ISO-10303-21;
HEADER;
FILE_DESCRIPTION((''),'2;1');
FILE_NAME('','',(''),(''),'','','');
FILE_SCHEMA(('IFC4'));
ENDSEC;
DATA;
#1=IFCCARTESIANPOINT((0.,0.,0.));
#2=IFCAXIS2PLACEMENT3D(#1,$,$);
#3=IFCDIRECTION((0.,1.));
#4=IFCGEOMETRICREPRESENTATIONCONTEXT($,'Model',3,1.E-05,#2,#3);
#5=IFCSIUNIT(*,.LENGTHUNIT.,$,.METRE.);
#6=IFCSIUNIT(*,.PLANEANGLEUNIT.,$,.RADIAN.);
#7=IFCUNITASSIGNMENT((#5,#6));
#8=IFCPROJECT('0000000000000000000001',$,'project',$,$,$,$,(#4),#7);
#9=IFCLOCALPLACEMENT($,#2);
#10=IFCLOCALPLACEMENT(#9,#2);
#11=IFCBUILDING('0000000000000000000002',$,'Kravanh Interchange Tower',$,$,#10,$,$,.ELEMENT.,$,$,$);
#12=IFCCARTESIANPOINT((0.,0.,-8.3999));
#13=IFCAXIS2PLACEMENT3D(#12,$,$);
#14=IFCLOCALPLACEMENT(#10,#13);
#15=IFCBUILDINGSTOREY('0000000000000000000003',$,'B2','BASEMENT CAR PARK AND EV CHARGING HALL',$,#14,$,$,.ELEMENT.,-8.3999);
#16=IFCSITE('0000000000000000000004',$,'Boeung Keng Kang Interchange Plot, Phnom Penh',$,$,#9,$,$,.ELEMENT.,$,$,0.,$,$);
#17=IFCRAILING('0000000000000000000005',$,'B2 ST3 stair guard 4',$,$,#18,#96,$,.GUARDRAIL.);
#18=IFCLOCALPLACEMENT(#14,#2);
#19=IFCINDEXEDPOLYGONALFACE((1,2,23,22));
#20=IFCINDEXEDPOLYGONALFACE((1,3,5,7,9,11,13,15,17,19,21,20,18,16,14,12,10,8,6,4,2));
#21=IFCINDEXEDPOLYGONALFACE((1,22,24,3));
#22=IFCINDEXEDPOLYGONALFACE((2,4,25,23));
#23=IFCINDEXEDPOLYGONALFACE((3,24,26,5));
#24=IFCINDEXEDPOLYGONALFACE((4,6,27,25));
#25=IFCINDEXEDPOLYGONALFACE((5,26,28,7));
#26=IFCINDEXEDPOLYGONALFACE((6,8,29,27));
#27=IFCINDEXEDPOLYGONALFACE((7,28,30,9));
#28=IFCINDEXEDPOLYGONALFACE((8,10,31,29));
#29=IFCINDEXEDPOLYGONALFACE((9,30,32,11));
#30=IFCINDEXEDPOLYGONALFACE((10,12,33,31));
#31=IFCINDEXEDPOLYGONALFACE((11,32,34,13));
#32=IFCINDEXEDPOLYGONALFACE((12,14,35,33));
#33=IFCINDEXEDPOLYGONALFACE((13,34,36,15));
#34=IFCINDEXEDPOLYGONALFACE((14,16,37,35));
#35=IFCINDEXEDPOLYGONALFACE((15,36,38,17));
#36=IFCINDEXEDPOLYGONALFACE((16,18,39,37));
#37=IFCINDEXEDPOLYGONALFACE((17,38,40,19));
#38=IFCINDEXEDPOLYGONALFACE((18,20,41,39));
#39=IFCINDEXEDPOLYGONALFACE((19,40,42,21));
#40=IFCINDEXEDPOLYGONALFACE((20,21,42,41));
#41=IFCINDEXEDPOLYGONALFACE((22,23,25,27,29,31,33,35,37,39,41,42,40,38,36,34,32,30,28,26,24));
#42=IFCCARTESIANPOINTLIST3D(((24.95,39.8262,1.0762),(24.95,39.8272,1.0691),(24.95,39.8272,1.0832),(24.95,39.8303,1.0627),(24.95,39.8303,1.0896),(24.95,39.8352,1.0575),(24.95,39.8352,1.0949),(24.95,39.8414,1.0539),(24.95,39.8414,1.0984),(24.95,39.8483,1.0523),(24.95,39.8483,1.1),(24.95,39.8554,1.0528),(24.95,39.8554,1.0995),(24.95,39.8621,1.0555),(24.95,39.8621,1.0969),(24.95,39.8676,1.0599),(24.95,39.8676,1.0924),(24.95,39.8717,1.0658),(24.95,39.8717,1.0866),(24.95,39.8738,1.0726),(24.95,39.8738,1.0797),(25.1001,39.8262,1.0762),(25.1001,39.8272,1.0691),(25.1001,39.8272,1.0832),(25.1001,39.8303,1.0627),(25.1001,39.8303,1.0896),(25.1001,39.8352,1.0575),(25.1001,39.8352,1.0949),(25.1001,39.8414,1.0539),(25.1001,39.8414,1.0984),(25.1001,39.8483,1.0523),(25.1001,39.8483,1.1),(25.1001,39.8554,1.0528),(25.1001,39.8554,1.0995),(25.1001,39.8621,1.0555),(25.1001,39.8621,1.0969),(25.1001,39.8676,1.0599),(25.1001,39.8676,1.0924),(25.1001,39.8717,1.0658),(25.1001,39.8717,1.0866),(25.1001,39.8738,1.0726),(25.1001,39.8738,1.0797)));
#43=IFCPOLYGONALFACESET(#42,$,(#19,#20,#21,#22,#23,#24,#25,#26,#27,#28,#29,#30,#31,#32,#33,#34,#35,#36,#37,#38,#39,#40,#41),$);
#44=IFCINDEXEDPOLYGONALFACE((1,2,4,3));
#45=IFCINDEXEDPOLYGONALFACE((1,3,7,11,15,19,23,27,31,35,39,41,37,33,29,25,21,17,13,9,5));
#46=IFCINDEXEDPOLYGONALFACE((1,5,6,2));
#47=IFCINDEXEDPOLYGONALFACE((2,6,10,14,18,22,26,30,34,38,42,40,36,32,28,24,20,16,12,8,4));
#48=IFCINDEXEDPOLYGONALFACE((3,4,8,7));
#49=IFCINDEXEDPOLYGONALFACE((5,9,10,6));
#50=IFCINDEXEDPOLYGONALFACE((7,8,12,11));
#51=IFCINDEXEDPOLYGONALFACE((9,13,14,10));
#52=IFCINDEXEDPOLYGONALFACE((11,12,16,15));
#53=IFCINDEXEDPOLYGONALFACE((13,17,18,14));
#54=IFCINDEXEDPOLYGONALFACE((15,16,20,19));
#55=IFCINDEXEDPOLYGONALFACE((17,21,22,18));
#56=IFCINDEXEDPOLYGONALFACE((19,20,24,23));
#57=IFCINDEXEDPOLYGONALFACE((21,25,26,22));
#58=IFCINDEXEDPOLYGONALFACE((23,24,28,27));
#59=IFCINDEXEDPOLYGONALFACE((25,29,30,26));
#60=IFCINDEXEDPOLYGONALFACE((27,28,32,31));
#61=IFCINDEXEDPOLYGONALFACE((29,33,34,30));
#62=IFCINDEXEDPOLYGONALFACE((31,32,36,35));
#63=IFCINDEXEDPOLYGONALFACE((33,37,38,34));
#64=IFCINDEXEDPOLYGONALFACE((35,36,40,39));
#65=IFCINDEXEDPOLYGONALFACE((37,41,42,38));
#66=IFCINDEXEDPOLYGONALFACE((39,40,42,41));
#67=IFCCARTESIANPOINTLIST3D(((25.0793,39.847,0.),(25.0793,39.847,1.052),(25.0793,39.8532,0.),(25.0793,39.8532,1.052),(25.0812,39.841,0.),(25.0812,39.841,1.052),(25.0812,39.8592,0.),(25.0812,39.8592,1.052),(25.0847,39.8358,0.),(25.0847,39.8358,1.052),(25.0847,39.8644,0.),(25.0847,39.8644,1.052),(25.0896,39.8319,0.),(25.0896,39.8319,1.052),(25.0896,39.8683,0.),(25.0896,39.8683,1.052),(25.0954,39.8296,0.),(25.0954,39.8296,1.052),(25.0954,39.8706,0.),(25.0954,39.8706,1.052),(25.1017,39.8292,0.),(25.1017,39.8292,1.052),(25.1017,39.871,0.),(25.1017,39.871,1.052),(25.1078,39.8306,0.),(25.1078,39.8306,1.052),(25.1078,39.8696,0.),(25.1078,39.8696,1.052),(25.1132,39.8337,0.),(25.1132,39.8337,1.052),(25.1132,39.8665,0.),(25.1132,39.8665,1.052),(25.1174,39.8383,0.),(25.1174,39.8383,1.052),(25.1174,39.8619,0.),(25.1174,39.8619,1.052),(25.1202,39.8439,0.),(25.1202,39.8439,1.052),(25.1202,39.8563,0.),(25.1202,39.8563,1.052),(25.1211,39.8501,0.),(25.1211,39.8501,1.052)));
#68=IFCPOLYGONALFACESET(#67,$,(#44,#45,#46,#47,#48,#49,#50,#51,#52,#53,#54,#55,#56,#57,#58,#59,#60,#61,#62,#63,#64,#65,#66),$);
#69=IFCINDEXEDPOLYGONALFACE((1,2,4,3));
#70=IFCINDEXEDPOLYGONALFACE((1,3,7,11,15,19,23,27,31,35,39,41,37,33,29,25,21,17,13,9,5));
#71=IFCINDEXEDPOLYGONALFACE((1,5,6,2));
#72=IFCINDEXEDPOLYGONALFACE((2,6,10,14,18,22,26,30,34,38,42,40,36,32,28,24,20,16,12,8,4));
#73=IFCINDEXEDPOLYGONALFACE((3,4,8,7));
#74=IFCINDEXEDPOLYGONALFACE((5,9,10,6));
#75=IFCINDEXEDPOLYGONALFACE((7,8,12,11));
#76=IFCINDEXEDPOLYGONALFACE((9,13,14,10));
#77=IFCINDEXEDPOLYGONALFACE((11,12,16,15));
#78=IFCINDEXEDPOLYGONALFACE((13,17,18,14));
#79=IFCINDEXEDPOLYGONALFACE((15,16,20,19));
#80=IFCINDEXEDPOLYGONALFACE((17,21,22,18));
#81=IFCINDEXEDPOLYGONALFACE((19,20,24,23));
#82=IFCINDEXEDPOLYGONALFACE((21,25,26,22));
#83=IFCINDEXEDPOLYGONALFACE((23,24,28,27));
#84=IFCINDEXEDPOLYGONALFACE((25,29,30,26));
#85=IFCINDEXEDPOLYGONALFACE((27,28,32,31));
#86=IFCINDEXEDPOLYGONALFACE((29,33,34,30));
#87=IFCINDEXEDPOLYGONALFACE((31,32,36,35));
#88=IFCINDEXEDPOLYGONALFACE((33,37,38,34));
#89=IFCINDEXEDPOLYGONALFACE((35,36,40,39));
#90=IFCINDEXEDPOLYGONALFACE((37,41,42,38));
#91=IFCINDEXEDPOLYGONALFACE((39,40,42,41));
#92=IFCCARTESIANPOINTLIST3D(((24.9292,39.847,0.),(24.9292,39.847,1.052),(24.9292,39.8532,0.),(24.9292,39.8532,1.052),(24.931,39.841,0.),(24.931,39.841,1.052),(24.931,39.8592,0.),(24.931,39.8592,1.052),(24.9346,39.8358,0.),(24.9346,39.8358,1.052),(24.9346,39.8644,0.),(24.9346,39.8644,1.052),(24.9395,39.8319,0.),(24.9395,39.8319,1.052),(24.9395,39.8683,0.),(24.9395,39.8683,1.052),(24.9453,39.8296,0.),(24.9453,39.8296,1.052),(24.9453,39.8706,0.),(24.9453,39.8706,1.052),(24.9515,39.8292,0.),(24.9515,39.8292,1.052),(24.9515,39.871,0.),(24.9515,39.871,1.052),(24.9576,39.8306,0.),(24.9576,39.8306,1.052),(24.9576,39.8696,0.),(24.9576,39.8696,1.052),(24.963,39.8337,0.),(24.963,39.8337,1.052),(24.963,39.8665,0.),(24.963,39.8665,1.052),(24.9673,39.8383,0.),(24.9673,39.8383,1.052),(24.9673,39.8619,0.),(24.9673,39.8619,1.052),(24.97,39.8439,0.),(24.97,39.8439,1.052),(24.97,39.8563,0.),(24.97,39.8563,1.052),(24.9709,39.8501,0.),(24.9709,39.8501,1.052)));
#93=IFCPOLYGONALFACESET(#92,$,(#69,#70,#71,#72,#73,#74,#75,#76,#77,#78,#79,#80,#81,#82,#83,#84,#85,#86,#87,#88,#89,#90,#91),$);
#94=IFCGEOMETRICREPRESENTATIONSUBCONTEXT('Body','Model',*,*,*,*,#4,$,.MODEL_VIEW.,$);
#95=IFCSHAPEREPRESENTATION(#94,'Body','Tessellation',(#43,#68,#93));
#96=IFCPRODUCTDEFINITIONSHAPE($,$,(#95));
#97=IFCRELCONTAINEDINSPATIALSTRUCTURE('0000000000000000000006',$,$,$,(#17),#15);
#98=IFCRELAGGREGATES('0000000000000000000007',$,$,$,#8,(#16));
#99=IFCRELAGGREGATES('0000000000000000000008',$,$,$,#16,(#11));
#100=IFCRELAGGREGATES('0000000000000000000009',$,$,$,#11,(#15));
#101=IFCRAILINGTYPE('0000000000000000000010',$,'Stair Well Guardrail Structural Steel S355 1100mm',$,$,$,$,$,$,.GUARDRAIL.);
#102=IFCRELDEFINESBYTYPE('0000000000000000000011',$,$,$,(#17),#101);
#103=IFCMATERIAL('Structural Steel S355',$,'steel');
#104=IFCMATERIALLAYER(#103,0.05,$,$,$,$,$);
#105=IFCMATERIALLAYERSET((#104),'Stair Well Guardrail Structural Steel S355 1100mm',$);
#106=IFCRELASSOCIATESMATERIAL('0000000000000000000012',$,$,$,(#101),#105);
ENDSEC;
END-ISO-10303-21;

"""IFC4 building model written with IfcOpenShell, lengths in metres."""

from ifc_helpers import new_model, si_unit, direction, frame, origin, origin_2d, place, context, subcontext, project, spatial, circle, extrude, material, layer, layer_set, type_object, element, save


model = new_model("IFC4")

# Units and contexts
model_context = context("Model", 3, precision=1e-05, world=origin(), true_north=direction((0.0, 1.0)))
body_context = subcontext(model_context, "Body", "Model", "MODEL_VIEW")
ifc_project = project(units=[si_unit("LENGTHUNIT", "METRE"), si_unit("PLANEANGLEUNIT", "RADIAN")], contexts=[model_context])

# Site, building, storey
site_placement = place(None, origin())
site = spatial("IfcSite", under=ifc_project, at=site_placement, Name="Boeung Keng Kang Interchange Plot, Phnom Penh", CompositionType="ELEMENT", RefElevation=0.0)
building_placement = place(site_placement, origin())
building = spatial("IfcBuilding", under=site, at=building_placement, Name="Kravanh Interchange Tower", CompositionType="ELEMENT")
storey_placement = place(building_placement, frame((0.0, 0.0, -8.3999)))
storey = spatial("IfcBuildingStorey", under=building, at=storey_placement, Name="B2", Description="BASEMENT CAR PARK AND EV CHARGING HALL", CompositionType="ELEMENT", Elevation=-8.3999)

# Railing
ifc_material_1 = material(Name="Structural Steel S355", Category="steel")
ifc_layer_1 = layer(ifc_material_1, 0.05)
ifc_layer_set_1 = layer_set([ifc_layer_1], Name="Stair Well Guardrail Structural Steel S355 1100mm")
railing_type_1 = type_object("IfcRailingType", Name="Stair Well Guardrail Structural Steel S355 1100mm", PredefinedType="GUARDRAIL", material=ifc_layer_set_1)
railing_1_placement = place(storey_placement, frame((25.1001, 39.8501, 0.0)))
element("IfcRailing", 1, at=railing_1_placement, inside=storey, type_object=railing_type_1, Name="B2 ST3 stair guard 4", PredefinedType="GUARDRAIL", context=body_context, shape_type="SweptSolid", body=[
    extrude(circle(Radius=0.0239, at=origin_2d()), frame((0.0, 0.0, 1.0762), z_axis=(-1.0, 0.0, 0.0), x_axis=(0.0, -1.0, 0.0)), (0.0, 0.0, 1.0), 0.1501),
    extrude(circle(Radius=0.021, at=origin_2d()), origin(), (0.0, 0.0, 1.0), 1.052),
    extrude(circle(Radius=0.021, at=origin_2d()), frame((-0.1501, 0.0, 0.0)), (0.0, 0.0, 1.0), 1.052),
])

save(model, "model.ifc")
